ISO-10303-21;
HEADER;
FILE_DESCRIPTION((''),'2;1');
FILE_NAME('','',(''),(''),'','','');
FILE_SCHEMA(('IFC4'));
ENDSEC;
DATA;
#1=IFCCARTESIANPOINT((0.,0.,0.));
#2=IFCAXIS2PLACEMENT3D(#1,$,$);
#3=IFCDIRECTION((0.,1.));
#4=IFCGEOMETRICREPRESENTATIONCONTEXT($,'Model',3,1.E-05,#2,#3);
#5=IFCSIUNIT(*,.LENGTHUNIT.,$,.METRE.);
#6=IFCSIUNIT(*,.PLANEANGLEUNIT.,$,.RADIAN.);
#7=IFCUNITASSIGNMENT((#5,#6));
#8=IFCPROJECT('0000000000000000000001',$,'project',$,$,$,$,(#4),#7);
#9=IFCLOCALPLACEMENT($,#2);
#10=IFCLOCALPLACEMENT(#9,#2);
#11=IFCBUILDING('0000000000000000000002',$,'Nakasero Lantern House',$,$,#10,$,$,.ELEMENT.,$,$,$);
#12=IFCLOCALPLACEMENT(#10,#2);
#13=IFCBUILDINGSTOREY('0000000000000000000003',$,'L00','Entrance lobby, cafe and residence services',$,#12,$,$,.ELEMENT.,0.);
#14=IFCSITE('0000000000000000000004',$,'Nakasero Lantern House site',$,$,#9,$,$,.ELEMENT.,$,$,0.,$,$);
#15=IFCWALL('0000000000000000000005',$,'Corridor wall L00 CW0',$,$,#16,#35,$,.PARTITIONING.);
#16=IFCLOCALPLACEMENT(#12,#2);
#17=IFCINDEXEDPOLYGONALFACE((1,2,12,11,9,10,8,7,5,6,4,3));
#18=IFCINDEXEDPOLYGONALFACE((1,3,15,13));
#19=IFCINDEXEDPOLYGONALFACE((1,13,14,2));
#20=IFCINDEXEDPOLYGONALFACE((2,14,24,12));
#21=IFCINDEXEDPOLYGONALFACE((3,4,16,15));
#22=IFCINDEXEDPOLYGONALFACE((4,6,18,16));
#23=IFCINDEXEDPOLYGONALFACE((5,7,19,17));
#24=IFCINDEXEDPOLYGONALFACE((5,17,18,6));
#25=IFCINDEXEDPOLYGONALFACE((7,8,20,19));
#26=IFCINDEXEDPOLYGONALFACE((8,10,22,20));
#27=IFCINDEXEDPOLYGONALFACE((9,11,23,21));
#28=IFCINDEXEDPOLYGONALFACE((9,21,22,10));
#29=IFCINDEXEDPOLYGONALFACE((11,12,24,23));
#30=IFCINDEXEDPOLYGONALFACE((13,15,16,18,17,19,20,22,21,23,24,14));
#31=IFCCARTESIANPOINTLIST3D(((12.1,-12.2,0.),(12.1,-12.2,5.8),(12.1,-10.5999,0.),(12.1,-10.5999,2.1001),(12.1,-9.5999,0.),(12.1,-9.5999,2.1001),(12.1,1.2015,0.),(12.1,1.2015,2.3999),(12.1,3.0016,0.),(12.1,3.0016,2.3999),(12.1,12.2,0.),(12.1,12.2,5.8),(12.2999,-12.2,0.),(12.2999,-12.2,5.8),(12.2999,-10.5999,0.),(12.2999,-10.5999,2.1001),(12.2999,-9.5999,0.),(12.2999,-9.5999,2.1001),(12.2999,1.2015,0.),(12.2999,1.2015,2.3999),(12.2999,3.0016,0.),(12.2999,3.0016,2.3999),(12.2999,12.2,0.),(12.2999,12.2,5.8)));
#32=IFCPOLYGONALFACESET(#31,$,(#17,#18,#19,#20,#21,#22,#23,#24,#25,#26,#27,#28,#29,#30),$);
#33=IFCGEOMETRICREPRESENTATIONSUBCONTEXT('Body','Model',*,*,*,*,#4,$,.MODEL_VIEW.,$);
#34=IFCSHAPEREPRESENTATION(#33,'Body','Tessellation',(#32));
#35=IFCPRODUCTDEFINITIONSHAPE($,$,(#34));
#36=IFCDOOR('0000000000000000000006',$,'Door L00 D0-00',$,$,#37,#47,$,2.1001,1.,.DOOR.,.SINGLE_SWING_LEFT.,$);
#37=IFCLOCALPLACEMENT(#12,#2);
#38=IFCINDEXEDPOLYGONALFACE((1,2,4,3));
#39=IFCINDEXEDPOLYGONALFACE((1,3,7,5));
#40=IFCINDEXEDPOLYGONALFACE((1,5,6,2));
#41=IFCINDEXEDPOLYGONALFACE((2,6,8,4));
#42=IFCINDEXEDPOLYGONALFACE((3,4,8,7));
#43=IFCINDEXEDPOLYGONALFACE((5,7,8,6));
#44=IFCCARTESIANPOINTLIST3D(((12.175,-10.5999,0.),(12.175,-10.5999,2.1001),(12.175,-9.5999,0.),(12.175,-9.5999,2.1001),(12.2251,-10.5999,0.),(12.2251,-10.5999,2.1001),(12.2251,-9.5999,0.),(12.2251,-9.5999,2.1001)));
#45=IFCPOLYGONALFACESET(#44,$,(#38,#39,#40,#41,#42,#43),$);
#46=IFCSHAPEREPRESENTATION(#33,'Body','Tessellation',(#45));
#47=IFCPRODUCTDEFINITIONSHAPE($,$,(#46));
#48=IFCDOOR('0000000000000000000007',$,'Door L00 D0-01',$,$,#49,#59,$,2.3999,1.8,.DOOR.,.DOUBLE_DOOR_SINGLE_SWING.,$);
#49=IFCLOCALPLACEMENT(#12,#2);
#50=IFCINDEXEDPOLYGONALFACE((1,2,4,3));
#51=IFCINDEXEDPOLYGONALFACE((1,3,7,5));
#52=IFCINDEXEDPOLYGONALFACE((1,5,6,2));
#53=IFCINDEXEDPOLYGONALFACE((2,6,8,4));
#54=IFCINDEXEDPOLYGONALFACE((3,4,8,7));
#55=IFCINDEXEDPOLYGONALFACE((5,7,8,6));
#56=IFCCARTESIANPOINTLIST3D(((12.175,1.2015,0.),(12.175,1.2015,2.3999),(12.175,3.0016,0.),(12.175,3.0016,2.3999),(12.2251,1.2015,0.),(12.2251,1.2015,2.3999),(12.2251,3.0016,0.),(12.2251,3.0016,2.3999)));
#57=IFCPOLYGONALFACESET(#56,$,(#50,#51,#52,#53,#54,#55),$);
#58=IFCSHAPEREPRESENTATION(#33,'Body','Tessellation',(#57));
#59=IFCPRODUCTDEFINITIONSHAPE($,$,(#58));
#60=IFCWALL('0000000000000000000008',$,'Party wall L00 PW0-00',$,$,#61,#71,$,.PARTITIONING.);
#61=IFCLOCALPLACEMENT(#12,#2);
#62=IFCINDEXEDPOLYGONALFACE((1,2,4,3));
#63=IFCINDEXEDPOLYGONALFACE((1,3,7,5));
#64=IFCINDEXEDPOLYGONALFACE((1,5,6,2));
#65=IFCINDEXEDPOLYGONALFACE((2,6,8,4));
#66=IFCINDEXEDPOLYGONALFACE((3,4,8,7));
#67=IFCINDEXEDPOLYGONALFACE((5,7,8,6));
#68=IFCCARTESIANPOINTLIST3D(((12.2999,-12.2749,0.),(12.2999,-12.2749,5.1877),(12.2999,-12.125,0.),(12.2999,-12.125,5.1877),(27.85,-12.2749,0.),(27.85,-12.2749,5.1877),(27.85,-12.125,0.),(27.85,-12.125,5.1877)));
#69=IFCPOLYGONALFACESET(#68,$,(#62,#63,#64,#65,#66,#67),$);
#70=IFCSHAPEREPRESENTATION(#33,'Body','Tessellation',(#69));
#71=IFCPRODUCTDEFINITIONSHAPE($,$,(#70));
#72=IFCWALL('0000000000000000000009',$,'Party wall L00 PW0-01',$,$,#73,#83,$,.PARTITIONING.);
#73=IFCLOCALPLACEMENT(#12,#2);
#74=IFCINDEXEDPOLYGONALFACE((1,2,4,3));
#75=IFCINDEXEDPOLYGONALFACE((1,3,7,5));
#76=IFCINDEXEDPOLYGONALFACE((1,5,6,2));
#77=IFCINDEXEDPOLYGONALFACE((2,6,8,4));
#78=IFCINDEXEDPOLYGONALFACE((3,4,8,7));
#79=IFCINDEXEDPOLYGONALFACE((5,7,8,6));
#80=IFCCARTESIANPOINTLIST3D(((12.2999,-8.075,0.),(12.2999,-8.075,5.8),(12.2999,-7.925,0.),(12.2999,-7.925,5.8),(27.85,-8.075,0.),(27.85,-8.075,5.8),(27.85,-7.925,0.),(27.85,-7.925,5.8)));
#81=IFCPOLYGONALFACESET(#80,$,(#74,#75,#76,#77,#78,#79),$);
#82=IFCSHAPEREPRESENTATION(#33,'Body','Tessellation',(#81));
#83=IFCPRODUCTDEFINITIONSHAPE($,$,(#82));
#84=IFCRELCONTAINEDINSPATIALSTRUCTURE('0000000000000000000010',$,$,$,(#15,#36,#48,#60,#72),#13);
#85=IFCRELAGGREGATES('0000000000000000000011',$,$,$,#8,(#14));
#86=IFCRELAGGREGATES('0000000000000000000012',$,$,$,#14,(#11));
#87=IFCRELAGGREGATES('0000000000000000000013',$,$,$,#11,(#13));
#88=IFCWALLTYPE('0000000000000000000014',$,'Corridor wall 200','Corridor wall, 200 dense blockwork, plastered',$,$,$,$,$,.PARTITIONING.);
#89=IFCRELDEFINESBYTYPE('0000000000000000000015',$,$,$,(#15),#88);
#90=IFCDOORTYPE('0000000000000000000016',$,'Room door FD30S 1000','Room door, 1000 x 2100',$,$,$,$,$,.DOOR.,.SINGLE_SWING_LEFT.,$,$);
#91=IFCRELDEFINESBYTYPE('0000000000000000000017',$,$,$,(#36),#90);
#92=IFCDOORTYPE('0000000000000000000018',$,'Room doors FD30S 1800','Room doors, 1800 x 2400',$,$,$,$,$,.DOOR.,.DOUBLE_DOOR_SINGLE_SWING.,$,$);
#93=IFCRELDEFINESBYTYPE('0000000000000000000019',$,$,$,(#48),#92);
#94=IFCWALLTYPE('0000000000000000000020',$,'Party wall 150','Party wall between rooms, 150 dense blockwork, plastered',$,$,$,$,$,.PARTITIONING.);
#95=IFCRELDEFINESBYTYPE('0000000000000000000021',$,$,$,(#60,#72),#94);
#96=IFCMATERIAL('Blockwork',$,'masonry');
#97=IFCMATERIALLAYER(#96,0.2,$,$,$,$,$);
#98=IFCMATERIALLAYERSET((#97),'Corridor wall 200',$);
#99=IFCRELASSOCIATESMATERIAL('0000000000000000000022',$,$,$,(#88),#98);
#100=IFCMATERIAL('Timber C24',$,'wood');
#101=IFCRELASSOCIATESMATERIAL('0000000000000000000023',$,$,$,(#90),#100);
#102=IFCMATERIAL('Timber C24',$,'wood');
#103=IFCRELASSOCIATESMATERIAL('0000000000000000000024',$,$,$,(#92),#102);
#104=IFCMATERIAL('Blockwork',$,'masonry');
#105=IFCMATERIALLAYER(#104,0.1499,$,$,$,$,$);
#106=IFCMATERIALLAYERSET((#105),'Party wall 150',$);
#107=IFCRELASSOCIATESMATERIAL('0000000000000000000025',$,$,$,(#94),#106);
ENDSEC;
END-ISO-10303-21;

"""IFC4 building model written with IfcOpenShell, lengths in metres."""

from ifc_helpers import new_model, si_unit, direction, frame, frame_2d, origin, place, context, subcontext, project, spatial, rectangle, extrude, material, layer, layer_set, type_object, element, fill, save


model = new_model("IFC4")

# Units and contexts
model_context = context("Model", 3, precision=1e-05, world=origin(), true_north=direction((0.0, 1.0)))
body_context = subcontext(model_context, "Body", "Model", "MODEL_VIEW")
ifc_project = project(units=[si_unit("LENGTHUNIT", "METRE"), si_unit("PLANEANGLEUNIT", "RADIAN")], contexts=[model_context])

# Site, building, storey
site_placement = place(None, origin())
site = spatial("IfcSite", under=ifc_project, at=site_placement, Name="Nakasero Lantern House site", CompositionType="ELEMENT", RefElevation=0.0)
building_placement = place(site_placement, origin())
building = spatial("IfcBuilding", under=site, at=building_placement, Name="Nakasero Lantern House", CompositionType="ELEMENT")
storey_placement = place(building_placement, origin())
storey = spatial("IfcBuildingStorey", under=building, at=storey_placement, Name="L00", Description="Entrance lobby, cafe and residence services", CompositionType="ELEMENT", Elevation=0.0)

# Wall, openings, doors
ifc_material_1 = material(Name="Blockwork", Category="masonry")
ifc_layer_1 = layer(ifc_material_1, 0.2)
ifc_layer_set_1 = layer_set([ifc_layer_1], Name="Corridor wall 200")
wall_type_1 = type_object("IfcWallType", Name="Corridor wall 200", Description="Corridor wall, 200 dense blockwork, plastered", PredefinedType="PARTITIONING", material=ifc_layer_set_1)
wall_1_placement = place(storey_placement, frame((12.2, -12.2, 0.0), z_axis=(0.0, 0.0, 1.0), x_axis=(0.0, 1.0, 0.0)))
wall_1 = element("IfcWall", 1, at=wall_1_placement, inside=storey, type_object=wall_type_1, Name="Corridor wall L00 CW0", PredefinedType="PARTITIONING", context=body_context, shape_type="SweptSolid", body=[
    extrude(rectangle(XDim=24.3999, YDim=0.2, at=frame_2d((12.2, 0.0))), origin(), (0.0, 0.0, 1.0), 5.8),
])
opening_1_placement = place(wall_1_placement, frame((1.6001, 0.0, 0.0)))
opening_1 = element("IfcOpeningElement", 2, at=opening_1_placement, cuts=wall_1, PredefinedType="OPENING", context=body_context, shape_type="SweptSolid", body=[
    extrude(rectangle(XDim=1.0, YDim=2.1001, at=frame_2d((0.5, 1.05))), frame((0.0, 0.1199, 0.0), z_axis=(0.0, -1.0, 0.0), x_axis=(1.0, 0.0, 0.0)), (0.0, 0.0, 1.0), 0.24),
])
opening_2_placement = place(wall_1_placement, frame((13.4016, 0.0, 0.0)))
opening_2 = element("IfcOpeningElement", 3, at=opening_2_placement, cuts=wall_1, PredefinedType="OPENING", context=body_context, shape_type="SweptSolid", body=[
    extrude(rectangle(XDim=1.8, YDim=2.3999, at=frame_2d((0.8999, 1.2))), frame((0.0, 0.1199, 0.0), z_axis=(0.0, -1.0, 0.0), x_axis=(1.0, 0.0, 0.0)), (0.0, 0.0, 1.0), 0.24),
])
ifc_material_2 = material(Name="Timber C24", Category="wood")
door_type_1 = type_object("IfcDoorType", Name="Room door FD30S 1000", Description="Room door, 1000 x 2100", OperationType="SINGLE_SWING_LEFT", PredefinedType="DOOR", material=ifc_material_2)
door_1_placement = place(opening_1_placement, origin())
door_1 = element("IfcDoor", 4, at=door_1_placement, inside=storey, type_object=door_type_1, Name="Door L00 D0-00", OperationType="SINGLE_SWING_LEFT", OverallHeight=2.1001, OverallWidth=1.0, PredefinedType="DOOR", context=body_context, shape_type="SweptSolid", body=[
    extrude(rectangle(XDim=1.0, YDim=2.1001, at=frame_2d((0.5, 1.05))), frame((0.0, 0.0249, 0.0), z_axis=(0.0, -1.0, 0.0), x_axis=(1.0, 0.0, 0.0)), (0.0, 0.0, 1.0), 0.05),
])
fill(opening_1, door_1)
ifc_material_3 = material(Name="Timber C24", Category="wood")
door_type_2 = type_object("IfcDoorType", Name="Room doors FD30S 1800", Description="Room doors, 1800 x 2400", OperationType="DOUBLE_DOOR_SINGLE_SWING", PredefinedType="DOOR", material=ifc_material_3)
door_2_placement = place(opening_2_placement, origin())
door_2 = element("IfcDoor", 5, at=door_2_placement, inside=storey, type_object=door_type_2, Name="Door L00 D0-01", OperationType="DOUBLE_DOOR_SINGLE_SWING", OverallHeight=2.3999, OverallWidth=1.8, PredefinedType="DOOR", context=body_context, shape_type="SweptSolid", body=[
    extrude(rectangle(XDim=1.8, YDim=2.3999, at=frame_2d((0.8999, 1.2))), frame((0.0, 0.0249, 0.0), z_axis=(0.0, -1.0, 0.0), x_axis=(1.0, 0.0, 0.0)), (0.0, 0.0, 1.0), 0.05),
])
fill(opening_2, door_2)

# Walls
ifc_material_4 = material(Name="Blockwork", Category="masonry")
ifc_layer_2 = layer(ifc_material_4, 0.1499)
ifc_layer_set_2 = layer_set([ifc_layer_2], Name="Party wall 150")
wall_type_2 = type_object("IfcWallType", Name="Party wall 150", Description="Party wall between rooms, 150 dense blockwork, plastered", PredefinedType="PARTITIONING", material=ifc_layer_set_2)
wall_2_placement = place(storey_placement, frame((12.3, -12.2, 0.0), z_axis=(0.0, 0.0, 1.0), x_axis=(1.0, 0.0, 0.0)))
element("IfcWall", 6, at=wall_2_placement, inside=storey, type_object=wall_type_2, Name="Party wall L00 PW0-00", PredefinedType="PARTITIONING", context=body_context, shape_type="SweptSolid", body=[
    extrude(rectangle(XDim=15.55, YDim=0.1499, at=frame_2d((7.7749, 0.0))), origin(), (0.0, 0.0, 1.0), 5.1877),
])
wall_3_placement = place(storey_placement, frame((12.3, -8.0, 0.0), z_axis=(0.0, 0.0, 1.0), x_axis=(1.0, 0.0, 0.0)))
element("IfcWall", 7, at=wall_3_placement, inside=storey, type_object=wall_type_2, Name="Party wall L00 PW0-01", PredefinedType="PARTITIONING", context=body_context, shape_type="SweptSolid", body=[
    extrude(rectangle(XDim=15.55, YDim=0.1499, at=frame_2d((7.7749, 0.0))), origin(), (0.0, 0.0, 1.0), 5.8),
])

save(model, "model.ifc")
